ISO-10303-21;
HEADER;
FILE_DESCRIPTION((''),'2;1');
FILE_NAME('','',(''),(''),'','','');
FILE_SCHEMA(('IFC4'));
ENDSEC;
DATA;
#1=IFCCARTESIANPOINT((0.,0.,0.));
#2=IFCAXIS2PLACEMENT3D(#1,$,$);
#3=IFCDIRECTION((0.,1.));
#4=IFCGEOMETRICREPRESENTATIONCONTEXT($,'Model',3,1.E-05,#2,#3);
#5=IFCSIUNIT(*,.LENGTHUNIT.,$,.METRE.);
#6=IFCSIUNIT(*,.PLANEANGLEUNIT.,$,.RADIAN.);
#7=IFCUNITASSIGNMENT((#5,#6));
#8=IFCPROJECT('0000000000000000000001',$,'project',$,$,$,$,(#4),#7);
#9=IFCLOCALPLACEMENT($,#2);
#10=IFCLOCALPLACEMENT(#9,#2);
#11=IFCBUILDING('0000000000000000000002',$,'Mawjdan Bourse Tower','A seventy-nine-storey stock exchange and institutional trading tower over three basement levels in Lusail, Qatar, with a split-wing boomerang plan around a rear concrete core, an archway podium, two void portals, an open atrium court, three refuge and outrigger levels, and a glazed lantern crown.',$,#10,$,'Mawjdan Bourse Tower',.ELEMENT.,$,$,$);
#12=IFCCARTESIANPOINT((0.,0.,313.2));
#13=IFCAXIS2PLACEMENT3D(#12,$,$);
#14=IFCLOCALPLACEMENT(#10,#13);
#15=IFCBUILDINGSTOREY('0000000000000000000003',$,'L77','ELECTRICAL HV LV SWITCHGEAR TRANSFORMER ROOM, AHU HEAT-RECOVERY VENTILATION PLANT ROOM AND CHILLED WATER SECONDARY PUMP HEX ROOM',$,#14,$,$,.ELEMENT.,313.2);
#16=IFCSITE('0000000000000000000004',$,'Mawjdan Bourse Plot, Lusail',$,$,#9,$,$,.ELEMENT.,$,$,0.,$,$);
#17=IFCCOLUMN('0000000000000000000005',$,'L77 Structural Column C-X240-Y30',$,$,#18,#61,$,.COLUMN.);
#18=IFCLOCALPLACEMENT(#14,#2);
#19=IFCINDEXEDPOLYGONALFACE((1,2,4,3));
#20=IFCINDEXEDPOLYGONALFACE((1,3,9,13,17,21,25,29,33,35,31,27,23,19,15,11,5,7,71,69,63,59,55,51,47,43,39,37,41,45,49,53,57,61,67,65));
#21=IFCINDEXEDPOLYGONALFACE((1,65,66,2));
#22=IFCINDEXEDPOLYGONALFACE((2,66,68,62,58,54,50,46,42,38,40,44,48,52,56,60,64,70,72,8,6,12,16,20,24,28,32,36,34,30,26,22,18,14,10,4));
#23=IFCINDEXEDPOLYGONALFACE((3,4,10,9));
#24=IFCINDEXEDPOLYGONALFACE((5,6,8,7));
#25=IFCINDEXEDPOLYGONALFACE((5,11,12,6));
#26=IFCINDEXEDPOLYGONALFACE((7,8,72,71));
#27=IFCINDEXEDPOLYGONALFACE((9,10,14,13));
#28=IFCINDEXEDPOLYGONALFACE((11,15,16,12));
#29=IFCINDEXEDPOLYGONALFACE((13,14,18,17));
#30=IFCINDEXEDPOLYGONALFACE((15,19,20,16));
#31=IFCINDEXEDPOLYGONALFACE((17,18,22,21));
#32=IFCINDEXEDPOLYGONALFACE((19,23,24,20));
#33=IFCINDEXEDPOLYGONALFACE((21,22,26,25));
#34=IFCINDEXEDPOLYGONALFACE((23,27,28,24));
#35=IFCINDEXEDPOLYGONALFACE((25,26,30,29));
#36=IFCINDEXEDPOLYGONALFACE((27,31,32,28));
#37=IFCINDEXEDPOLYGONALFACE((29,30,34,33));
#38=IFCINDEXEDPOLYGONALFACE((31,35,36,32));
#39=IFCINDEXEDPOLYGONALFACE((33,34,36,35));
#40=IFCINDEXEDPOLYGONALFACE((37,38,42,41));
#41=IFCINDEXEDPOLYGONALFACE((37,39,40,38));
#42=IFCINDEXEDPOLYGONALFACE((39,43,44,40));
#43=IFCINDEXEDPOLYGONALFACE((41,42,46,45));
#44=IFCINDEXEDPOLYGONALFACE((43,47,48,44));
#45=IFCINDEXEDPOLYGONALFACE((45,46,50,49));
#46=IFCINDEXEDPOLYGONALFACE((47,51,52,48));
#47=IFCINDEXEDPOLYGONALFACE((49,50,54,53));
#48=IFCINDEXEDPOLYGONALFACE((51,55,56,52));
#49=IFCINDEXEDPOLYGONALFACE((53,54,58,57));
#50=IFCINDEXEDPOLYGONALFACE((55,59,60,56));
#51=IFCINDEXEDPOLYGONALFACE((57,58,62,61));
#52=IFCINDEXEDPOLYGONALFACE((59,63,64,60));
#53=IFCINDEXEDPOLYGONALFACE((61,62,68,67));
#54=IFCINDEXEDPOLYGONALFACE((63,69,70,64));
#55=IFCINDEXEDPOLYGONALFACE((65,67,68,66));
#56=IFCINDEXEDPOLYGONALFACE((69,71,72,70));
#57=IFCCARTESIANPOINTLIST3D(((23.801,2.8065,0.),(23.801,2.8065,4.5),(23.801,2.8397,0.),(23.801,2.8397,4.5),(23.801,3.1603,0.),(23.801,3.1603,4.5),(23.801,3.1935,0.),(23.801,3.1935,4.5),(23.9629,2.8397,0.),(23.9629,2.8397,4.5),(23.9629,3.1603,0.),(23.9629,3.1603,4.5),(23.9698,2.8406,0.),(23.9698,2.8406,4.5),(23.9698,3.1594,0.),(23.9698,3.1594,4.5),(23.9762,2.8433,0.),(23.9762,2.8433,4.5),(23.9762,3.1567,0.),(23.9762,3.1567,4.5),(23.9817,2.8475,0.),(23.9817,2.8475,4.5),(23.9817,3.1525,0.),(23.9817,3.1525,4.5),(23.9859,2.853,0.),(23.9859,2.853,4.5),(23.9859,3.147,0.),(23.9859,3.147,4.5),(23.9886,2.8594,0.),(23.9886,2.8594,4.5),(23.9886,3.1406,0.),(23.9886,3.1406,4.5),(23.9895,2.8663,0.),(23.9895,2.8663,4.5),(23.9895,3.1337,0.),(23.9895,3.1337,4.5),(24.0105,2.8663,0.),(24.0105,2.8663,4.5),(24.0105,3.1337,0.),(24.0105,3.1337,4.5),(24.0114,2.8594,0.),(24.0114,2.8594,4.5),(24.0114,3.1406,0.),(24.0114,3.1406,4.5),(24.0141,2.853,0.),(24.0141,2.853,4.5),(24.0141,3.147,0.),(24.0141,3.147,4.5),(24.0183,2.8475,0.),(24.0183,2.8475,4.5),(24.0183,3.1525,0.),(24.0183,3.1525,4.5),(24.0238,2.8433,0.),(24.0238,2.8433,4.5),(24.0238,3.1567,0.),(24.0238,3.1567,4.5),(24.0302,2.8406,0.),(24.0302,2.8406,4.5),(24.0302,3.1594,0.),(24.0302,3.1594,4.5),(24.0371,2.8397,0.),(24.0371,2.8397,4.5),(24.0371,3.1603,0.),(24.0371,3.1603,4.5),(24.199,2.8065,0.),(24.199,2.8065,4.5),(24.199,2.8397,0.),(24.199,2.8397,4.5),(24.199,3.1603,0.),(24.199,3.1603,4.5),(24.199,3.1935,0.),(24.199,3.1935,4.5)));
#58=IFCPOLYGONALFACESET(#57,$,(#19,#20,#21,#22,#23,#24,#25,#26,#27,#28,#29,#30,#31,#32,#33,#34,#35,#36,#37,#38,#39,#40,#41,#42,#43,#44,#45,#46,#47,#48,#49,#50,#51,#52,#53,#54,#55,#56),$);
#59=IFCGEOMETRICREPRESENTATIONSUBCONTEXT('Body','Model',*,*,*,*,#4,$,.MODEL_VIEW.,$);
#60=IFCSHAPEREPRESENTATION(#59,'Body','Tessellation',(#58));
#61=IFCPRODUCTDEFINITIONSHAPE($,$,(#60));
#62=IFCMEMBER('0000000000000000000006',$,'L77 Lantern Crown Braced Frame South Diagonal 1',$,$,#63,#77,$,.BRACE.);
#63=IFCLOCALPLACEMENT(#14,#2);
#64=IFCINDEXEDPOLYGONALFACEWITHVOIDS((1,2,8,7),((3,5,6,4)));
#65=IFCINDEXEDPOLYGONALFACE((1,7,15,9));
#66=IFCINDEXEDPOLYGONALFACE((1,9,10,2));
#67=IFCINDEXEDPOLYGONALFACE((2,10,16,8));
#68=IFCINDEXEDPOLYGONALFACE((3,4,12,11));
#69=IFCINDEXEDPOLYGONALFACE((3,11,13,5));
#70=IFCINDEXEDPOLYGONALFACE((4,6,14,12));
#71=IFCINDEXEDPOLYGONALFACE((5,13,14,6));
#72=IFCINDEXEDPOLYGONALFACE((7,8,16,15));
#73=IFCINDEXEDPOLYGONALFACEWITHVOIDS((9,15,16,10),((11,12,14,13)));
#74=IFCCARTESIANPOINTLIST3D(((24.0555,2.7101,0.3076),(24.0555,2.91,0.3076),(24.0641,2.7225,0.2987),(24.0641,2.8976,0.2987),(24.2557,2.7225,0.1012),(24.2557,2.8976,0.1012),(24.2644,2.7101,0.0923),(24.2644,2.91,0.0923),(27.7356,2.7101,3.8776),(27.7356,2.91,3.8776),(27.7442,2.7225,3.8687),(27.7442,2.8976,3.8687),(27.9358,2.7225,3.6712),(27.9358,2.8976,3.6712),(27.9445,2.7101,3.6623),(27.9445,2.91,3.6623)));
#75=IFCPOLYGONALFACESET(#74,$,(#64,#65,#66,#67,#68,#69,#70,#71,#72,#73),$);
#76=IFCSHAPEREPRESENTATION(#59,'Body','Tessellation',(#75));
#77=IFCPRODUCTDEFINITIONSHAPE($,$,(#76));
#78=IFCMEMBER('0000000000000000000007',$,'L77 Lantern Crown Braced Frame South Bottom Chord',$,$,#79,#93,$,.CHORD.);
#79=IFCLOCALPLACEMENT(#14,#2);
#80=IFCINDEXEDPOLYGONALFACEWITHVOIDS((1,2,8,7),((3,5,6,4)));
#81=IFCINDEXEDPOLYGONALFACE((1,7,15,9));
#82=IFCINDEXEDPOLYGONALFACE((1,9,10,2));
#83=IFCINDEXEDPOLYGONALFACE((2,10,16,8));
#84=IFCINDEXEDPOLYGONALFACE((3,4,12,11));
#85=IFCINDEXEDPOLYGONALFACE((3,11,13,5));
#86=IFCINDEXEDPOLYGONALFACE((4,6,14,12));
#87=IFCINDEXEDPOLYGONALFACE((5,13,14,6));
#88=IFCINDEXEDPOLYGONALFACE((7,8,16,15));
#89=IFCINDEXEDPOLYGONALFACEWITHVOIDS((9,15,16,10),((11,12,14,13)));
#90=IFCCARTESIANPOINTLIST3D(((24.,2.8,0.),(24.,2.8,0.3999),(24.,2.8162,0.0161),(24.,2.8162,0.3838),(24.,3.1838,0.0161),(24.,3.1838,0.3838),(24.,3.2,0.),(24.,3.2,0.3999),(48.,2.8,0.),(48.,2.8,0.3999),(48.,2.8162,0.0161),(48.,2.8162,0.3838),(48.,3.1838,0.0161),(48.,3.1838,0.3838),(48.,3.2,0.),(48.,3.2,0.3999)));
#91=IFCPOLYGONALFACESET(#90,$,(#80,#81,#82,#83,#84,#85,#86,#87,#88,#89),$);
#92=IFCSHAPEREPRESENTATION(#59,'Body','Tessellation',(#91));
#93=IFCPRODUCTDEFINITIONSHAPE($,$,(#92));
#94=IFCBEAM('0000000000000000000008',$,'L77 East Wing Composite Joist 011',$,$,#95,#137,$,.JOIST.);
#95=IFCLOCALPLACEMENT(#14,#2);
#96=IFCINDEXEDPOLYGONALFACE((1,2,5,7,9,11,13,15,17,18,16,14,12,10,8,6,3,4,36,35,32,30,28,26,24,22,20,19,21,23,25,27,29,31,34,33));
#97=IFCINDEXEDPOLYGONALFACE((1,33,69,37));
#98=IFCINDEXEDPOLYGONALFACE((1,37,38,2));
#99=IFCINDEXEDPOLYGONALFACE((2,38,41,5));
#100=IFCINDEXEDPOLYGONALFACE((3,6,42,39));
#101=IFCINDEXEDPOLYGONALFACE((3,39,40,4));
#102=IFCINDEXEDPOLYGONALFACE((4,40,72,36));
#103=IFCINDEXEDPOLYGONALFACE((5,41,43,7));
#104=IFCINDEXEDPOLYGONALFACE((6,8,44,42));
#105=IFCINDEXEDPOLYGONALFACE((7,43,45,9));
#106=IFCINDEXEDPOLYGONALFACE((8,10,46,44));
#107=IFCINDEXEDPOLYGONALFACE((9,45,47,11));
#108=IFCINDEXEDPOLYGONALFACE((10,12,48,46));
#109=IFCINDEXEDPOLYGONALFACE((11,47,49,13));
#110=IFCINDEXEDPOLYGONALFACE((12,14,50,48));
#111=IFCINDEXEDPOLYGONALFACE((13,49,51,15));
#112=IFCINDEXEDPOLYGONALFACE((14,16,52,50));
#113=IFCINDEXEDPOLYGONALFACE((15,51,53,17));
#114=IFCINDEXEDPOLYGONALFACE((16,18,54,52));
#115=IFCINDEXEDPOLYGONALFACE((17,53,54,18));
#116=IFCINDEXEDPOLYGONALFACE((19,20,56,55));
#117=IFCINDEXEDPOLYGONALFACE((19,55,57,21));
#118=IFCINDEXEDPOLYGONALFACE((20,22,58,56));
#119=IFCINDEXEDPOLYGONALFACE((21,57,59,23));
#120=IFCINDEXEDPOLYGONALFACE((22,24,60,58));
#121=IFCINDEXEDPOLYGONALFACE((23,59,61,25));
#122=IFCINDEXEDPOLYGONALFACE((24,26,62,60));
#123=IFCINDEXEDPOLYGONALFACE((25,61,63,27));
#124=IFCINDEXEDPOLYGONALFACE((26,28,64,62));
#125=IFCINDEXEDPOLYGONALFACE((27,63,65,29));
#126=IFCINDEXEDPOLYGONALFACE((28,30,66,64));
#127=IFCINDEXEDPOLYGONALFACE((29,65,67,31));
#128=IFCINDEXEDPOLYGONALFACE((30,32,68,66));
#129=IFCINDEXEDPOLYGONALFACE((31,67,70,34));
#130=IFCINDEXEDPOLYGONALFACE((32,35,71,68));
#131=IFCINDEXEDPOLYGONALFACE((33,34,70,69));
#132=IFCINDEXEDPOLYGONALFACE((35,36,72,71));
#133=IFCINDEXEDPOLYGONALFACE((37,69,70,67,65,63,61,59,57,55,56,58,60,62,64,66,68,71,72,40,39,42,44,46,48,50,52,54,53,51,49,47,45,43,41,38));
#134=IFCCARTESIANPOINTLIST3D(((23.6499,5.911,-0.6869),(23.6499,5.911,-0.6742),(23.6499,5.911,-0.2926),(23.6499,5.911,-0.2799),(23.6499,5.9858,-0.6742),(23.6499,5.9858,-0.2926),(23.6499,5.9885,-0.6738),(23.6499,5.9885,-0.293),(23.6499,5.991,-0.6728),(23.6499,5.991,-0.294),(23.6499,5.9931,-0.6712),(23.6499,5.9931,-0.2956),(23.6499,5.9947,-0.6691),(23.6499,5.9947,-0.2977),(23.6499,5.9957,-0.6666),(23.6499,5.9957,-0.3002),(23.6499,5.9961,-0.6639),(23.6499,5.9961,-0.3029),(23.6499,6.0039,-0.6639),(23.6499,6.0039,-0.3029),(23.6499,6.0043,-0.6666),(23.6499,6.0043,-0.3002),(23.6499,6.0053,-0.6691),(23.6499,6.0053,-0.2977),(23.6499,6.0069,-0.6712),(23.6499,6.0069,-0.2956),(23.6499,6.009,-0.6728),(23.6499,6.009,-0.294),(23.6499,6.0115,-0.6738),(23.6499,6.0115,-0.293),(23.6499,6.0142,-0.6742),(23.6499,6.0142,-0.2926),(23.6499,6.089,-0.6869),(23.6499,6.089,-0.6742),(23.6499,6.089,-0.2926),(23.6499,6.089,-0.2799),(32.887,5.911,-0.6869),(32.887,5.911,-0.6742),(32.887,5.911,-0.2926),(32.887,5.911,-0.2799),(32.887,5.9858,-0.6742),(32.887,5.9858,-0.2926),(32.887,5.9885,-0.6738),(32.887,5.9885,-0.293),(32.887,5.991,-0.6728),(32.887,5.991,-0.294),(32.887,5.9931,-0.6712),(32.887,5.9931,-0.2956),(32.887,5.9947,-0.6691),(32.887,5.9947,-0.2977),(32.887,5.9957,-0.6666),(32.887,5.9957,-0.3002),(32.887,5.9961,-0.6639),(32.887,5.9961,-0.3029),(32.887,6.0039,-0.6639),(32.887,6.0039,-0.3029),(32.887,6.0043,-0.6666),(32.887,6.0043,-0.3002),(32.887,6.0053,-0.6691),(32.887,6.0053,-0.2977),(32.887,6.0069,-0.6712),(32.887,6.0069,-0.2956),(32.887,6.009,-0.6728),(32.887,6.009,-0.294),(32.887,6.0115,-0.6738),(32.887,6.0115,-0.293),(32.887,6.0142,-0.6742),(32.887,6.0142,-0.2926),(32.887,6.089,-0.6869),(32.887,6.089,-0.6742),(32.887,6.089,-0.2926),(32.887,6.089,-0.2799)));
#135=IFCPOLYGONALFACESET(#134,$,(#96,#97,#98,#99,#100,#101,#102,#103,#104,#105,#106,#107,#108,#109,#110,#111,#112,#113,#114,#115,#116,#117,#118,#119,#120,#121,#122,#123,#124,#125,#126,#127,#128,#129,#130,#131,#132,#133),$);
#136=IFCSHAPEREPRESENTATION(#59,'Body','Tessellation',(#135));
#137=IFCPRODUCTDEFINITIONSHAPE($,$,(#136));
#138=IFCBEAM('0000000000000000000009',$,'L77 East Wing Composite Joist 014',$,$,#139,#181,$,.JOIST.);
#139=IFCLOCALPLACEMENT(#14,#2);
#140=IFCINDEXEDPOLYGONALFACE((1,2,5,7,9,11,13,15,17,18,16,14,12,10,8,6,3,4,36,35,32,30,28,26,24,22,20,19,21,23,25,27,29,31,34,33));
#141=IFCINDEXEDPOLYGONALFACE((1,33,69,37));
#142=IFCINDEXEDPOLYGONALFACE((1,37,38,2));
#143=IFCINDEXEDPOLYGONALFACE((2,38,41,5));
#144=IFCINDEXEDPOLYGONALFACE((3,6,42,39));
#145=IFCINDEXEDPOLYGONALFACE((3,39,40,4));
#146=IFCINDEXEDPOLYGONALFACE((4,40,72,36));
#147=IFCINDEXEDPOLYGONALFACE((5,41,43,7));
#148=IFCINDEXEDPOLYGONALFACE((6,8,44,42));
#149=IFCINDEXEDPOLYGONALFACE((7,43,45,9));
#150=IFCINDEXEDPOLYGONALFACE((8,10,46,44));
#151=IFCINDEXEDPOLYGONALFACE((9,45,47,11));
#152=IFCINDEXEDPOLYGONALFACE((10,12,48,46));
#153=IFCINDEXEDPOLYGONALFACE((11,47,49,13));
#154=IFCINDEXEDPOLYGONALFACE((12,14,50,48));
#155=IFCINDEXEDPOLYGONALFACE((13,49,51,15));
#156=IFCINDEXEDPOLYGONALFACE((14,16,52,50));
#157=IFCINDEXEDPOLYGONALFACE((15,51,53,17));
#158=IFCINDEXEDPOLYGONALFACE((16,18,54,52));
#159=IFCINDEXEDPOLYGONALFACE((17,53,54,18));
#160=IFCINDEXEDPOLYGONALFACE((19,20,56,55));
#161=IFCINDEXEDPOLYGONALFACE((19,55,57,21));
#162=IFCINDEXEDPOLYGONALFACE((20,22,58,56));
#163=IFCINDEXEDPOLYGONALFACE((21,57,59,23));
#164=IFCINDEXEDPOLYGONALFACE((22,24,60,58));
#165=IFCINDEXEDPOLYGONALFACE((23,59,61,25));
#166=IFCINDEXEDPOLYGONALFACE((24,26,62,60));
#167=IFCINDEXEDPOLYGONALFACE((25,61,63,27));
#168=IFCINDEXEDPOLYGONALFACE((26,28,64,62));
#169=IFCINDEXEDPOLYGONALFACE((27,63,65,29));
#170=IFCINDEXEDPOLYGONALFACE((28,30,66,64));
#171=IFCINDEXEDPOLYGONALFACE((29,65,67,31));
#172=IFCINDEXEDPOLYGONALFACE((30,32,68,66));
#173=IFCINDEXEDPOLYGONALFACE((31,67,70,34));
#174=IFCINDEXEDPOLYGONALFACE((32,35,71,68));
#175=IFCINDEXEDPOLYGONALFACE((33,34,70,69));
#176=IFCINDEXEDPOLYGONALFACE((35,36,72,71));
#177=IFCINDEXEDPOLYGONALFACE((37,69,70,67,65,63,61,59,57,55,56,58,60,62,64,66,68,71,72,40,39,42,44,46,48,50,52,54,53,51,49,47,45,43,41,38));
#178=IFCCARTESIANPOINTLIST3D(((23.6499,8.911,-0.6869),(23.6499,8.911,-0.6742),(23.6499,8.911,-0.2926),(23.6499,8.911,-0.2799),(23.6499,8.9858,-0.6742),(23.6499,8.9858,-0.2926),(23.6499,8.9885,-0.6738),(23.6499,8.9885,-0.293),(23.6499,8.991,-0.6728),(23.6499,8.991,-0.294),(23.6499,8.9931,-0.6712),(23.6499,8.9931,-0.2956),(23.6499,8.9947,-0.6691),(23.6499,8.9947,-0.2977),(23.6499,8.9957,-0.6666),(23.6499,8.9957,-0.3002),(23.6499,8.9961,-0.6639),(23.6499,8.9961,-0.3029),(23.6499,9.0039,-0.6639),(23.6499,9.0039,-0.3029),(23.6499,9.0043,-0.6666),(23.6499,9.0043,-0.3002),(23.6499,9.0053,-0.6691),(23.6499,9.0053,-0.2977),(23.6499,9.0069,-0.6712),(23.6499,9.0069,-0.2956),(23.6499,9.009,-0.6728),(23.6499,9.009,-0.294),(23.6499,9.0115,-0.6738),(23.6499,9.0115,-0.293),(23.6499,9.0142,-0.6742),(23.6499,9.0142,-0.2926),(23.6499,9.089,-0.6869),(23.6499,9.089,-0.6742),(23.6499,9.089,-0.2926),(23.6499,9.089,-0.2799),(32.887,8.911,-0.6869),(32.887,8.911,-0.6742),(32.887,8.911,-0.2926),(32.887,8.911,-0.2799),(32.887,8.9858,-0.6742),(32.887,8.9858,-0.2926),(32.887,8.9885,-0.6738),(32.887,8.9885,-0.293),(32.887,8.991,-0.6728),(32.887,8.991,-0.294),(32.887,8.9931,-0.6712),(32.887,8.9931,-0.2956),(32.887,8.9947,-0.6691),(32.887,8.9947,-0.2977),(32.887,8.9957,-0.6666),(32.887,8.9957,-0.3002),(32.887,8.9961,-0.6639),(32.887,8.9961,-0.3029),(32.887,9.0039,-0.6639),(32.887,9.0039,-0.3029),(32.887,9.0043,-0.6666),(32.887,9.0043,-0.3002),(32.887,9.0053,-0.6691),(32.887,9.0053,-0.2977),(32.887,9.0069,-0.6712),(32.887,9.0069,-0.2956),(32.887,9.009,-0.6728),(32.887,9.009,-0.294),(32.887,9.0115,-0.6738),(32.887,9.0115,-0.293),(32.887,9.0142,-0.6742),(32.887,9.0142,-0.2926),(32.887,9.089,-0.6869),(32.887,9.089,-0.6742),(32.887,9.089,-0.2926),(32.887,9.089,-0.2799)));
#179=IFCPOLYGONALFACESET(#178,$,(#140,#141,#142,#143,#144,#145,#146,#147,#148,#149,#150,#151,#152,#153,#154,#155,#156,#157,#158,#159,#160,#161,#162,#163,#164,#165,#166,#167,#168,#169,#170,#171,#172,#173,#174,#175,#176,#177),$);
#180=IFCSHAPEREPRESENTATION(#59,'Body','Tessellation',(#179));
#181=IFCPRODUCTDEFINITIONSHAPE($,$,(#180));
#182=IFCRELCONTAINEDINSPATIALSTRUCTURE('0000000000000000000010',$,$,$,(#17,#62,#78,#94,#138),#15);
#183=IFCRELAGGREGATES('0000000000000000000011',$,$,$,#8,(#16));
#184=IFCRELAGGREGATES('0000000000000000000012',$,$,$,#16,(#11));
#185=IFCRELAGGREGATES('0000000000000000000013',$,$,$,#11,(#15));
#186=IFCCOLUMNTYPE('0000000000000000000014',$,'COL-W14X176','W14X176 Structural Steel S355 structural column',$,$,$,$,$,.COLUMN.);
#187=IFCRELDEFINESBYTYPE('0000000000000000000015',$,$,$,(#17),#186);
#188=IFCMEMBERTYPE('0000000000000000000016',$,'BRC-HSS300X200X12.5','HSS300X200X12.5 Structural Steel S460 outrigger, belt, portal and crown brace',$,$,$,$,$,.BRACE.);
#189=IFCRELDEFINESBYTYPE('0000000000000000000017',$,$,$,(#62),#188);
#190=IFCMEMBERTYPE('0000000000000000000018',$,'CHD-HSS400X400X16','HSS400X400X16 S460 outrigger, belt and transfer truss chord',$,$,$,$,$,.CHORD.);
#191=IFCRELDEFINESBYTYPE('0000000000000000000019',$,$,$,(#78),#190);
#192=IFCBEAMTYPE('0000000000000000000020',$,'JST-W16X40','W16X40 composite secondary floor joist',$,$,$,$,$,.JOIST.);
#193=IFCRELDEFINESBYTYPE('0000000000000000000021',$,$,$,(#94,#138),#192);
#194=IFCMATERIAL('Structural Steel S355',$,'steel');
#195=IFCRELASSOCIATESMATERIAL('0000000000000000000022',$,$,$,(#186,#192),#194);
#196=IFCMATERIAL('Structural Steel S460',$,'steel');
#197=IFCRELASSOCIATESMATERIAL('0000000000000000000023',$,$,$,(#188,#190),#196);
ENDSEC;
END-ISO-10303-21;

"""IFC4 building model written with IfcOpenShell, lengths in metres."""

from ifc_helpers import new_model, si_unit, direction, frame, origin, origin_2d, place, context, subcontext, project, spatial, hollow_rectangle, i_section, extrude, material, material_profile, profile_set, type_object, element, save


model = new_model("IFC4")

# Units and contexts
model_context = context("Model", 3, precision=1e-05, world=origin(), true_north=direction((0.0, 1.0)))
body_context = subcontext(model_context, "Body", "Model", "MODEL_VIEW")
ifc_project = project(units=[si_unit("LENGTHUNIT", "METRE"), si_unit("PLANEANGLEUNIT", "RADIAN")], contexts=[model_context])

# Site, building, storey
site_placement = place(None, origin())
site = spatial("IfcSite", under=ifc_project, at=site_placement, Name="Mawjdan Bourse Plot, Lusail", CompositionType="ELEMENT", RefElevation=0.0)
building_placement = place(site_placement, origin())
building = spatial("IfcBuilding", under=site, at=building_placement, Name="Mawjdan Bourse Tower", Description="A seventy-nine-storey stock exchange and institutional trading tower over three basement levels in Lusail, Qatar, with a split-wing boomerang plan around a rear concrete core, an archway podium, two void portals, an open atrium court, three refuge and outrigger levels, and a glazed lantern crown.", LongName="Mawjdan Bourse Tower", CompositionType="ELEMENT")
storey_placement = place(building_placement, frame((0.0, 0.0, 313.2)))
storey = spatial("IfcBuildingStorey", under=building, at=storey_placement, Name="L77", Description="ELECTRICAL HV LV SWITCHGEAR TRANSFORMER ROOM, AHU HEAT-RECOVERY VENTILATION PLANT ROOM AND CHILLED WATER SECONDARY PUMP HEX ROOM", CompositionType="ELEMENT", Elevation=313.2)

# Column
ifc_material_1 = material(Name="Structural Steel S355", Category="steel")
ifc_material_profile_1 = material_profile(ifc_material_1, i_section(OverallWidth=0.3979, OverallDepth=0.387, WebThickness=0.021, FlangeThickness=0.0332, FilletRadius=0.0266, at=origin_2d()), Name="W14X176")
ifc_profile_set_1 = profile_set([ifc_material_profile_1], Name="Structural Steel S355")
column_type = type_object("IfcColumnType", Name="COL-W14X176", Description="W14X176 Structural Steel S355 structural column", PredefinedType="COLUMN", material=ifc_profile_set_1)
column_placement = place(storey_placement, frame((24.0, 3.0, 0.0), z_axis=(0.0, 0.0, 1.0), x_axis=(1.0, 0.0, 0.0)))
element("IfcColumn", 1, at=column_placement, inside=storey, type_object=column_type, Name="L77 Structural Column C-X240-Y30", PredefinedType="COLUMN", context=body_context, shape_type="SweptSolid", body=[
    extrude(i_section(OverallWidth=0.3979, OverallDepth=0.387, WebThickness=0.021, FlangeThickness=0.0332, FilletRadius=0.0266, at=origin_2d()), origin(), (0.0, 0.0, 1.0), 4.5),
])

# Members
ifc_material_2 = material(Name="Structural Steel S460", Category="steel")
ifc_material_profile_2 = material_profile(ifc_material_2, hollow_rectangle(XDim=0.2, YDim=0.3, WallThickness=0.0125, at=origin_2d()), Name="HSS300X200X12.5")
ifc_profile_set_2 = profile_set([ifc_material_profile_2], Name="Structural Steel S460")
member_type_1 = type_object("IfcMemberType", Name="BRC-HSS300X200X12.5", Description="HSS300X200X12.5 Structural Steel S460 outrigger, belt, portal and crown brace", PredefinedType="BRACE", material=ifc_profile_set_2)
member_1_placement = place(storey_placement, frame((24.1599, 2.8101, 0.2), z_axis=(0.717763, 0.0, 0.696288), x_axis=(0.0, 1.0, 0.0)))
element("IfcMember", 2, at=member_1_placement, inside=storey, type_object=member_type_1, Name="L77 Lantern Crown Braced Frame South Diagonal 1", PredefinedType="BRACE", context=body_context, shape_type="SweptSolid", body=[
    extrude(hollow_rectangle(XDim=0.2, YDim=0.3, WallThickness=0.0125, at=origin_2d()), origin(), (0.0, 0.0, 1.0), 5.1272),
])
ifc_material_profile_3 = material_profile(ifc_material_2, hollow_rectangle(XDim=0.3999, YDim=0.3999, WallThickness=0.0161, at=origin_2d()), Name="HSS400X400X16")
ifc_profile_set_3 = profile_set([ifc_material_profile_3], Name="Structural Steel S460")
member_type_2 = type_object("IfcMemberType", Name="CHD-HSS400X400X16", Description="HSS400X400X16 S460 outrigger, belt and transfer truss chord", PredefinedType="CHORD", material=ifc_profile_set_3)
member_2_placement = place(storey_placement, frame((24.0, 3.0, 0.2), z_axis=(1.0, 0.0, 0.0), x_axis=(0.0, 1.0, 0.0)))
element("IfcMember", 3, at=member_2_placement, inside=storey, type_object=member_type_2, Name="L77 Lantern Crown Braced Frame South Bottom Chord", PredefinedType="CHORD", context=body_context, shape_type="SweptSolid", body=[
    extrude(hollow_rectangle(XDim=0.3999, YDim=0.3999, WallThickness=0.0161, at=origin_2d()), origin(), (0.0, 0.0, 1.0), 24.0),
])

# Beams
ifc_material_profile_4 = material_profile(ifc_material_1, i_section(OverallWidth=0.178, OverallDepth=0.407, WebThickness=0.0078, FlangeThickness=0.0127, FilletRadius=0.0103, at=origin_2d()), Name="W16X40")
ifc_profile_set_4 = profile_set([ifc_material_profile_4], Name="Structural Steel S355")
beam_type_1 = type_object("IfcBeamType", Name="JST-W16X40", Description="W16X40 composite secondary floor joist", PredefinedType="JOIST", material=ifc_profile_set_4)
for number, where, z_axis, x_axis, name in (
    (4, (23.6499, 6.0, -0.4834), (1.0, 0.0, 0.0), (0.0, 1.0, 0.0), "L77 East Wing Composite Joist 011"),
    (5, (23.6499, 9.0, -0.4834), (1.0, 0.0, 0.0), (0.0, 1.0, 0.0), "L77 East Wing Composite Joist 014"),
):
    element("IfcBeam", number, at=place(storey_placement, frame(where, z_axis=z_axis, x_axis=x_axis)), inside=storey, type_object=beam_type_1, Name=name, PredefinedType="JOIST", context=body_context, shape_type="SweptSolid", body=[
        extrude(i_section(OverallWidth=0.178, OverallDepth=0.407, WebThickness=0.0078, FlangeThickness=0.0127, FilletRadius=0.0103, at=origin_2d()), origin(), (0.0, 0.0, 1.0), 9.2371),
    ])

save(model, "model.ifc")
